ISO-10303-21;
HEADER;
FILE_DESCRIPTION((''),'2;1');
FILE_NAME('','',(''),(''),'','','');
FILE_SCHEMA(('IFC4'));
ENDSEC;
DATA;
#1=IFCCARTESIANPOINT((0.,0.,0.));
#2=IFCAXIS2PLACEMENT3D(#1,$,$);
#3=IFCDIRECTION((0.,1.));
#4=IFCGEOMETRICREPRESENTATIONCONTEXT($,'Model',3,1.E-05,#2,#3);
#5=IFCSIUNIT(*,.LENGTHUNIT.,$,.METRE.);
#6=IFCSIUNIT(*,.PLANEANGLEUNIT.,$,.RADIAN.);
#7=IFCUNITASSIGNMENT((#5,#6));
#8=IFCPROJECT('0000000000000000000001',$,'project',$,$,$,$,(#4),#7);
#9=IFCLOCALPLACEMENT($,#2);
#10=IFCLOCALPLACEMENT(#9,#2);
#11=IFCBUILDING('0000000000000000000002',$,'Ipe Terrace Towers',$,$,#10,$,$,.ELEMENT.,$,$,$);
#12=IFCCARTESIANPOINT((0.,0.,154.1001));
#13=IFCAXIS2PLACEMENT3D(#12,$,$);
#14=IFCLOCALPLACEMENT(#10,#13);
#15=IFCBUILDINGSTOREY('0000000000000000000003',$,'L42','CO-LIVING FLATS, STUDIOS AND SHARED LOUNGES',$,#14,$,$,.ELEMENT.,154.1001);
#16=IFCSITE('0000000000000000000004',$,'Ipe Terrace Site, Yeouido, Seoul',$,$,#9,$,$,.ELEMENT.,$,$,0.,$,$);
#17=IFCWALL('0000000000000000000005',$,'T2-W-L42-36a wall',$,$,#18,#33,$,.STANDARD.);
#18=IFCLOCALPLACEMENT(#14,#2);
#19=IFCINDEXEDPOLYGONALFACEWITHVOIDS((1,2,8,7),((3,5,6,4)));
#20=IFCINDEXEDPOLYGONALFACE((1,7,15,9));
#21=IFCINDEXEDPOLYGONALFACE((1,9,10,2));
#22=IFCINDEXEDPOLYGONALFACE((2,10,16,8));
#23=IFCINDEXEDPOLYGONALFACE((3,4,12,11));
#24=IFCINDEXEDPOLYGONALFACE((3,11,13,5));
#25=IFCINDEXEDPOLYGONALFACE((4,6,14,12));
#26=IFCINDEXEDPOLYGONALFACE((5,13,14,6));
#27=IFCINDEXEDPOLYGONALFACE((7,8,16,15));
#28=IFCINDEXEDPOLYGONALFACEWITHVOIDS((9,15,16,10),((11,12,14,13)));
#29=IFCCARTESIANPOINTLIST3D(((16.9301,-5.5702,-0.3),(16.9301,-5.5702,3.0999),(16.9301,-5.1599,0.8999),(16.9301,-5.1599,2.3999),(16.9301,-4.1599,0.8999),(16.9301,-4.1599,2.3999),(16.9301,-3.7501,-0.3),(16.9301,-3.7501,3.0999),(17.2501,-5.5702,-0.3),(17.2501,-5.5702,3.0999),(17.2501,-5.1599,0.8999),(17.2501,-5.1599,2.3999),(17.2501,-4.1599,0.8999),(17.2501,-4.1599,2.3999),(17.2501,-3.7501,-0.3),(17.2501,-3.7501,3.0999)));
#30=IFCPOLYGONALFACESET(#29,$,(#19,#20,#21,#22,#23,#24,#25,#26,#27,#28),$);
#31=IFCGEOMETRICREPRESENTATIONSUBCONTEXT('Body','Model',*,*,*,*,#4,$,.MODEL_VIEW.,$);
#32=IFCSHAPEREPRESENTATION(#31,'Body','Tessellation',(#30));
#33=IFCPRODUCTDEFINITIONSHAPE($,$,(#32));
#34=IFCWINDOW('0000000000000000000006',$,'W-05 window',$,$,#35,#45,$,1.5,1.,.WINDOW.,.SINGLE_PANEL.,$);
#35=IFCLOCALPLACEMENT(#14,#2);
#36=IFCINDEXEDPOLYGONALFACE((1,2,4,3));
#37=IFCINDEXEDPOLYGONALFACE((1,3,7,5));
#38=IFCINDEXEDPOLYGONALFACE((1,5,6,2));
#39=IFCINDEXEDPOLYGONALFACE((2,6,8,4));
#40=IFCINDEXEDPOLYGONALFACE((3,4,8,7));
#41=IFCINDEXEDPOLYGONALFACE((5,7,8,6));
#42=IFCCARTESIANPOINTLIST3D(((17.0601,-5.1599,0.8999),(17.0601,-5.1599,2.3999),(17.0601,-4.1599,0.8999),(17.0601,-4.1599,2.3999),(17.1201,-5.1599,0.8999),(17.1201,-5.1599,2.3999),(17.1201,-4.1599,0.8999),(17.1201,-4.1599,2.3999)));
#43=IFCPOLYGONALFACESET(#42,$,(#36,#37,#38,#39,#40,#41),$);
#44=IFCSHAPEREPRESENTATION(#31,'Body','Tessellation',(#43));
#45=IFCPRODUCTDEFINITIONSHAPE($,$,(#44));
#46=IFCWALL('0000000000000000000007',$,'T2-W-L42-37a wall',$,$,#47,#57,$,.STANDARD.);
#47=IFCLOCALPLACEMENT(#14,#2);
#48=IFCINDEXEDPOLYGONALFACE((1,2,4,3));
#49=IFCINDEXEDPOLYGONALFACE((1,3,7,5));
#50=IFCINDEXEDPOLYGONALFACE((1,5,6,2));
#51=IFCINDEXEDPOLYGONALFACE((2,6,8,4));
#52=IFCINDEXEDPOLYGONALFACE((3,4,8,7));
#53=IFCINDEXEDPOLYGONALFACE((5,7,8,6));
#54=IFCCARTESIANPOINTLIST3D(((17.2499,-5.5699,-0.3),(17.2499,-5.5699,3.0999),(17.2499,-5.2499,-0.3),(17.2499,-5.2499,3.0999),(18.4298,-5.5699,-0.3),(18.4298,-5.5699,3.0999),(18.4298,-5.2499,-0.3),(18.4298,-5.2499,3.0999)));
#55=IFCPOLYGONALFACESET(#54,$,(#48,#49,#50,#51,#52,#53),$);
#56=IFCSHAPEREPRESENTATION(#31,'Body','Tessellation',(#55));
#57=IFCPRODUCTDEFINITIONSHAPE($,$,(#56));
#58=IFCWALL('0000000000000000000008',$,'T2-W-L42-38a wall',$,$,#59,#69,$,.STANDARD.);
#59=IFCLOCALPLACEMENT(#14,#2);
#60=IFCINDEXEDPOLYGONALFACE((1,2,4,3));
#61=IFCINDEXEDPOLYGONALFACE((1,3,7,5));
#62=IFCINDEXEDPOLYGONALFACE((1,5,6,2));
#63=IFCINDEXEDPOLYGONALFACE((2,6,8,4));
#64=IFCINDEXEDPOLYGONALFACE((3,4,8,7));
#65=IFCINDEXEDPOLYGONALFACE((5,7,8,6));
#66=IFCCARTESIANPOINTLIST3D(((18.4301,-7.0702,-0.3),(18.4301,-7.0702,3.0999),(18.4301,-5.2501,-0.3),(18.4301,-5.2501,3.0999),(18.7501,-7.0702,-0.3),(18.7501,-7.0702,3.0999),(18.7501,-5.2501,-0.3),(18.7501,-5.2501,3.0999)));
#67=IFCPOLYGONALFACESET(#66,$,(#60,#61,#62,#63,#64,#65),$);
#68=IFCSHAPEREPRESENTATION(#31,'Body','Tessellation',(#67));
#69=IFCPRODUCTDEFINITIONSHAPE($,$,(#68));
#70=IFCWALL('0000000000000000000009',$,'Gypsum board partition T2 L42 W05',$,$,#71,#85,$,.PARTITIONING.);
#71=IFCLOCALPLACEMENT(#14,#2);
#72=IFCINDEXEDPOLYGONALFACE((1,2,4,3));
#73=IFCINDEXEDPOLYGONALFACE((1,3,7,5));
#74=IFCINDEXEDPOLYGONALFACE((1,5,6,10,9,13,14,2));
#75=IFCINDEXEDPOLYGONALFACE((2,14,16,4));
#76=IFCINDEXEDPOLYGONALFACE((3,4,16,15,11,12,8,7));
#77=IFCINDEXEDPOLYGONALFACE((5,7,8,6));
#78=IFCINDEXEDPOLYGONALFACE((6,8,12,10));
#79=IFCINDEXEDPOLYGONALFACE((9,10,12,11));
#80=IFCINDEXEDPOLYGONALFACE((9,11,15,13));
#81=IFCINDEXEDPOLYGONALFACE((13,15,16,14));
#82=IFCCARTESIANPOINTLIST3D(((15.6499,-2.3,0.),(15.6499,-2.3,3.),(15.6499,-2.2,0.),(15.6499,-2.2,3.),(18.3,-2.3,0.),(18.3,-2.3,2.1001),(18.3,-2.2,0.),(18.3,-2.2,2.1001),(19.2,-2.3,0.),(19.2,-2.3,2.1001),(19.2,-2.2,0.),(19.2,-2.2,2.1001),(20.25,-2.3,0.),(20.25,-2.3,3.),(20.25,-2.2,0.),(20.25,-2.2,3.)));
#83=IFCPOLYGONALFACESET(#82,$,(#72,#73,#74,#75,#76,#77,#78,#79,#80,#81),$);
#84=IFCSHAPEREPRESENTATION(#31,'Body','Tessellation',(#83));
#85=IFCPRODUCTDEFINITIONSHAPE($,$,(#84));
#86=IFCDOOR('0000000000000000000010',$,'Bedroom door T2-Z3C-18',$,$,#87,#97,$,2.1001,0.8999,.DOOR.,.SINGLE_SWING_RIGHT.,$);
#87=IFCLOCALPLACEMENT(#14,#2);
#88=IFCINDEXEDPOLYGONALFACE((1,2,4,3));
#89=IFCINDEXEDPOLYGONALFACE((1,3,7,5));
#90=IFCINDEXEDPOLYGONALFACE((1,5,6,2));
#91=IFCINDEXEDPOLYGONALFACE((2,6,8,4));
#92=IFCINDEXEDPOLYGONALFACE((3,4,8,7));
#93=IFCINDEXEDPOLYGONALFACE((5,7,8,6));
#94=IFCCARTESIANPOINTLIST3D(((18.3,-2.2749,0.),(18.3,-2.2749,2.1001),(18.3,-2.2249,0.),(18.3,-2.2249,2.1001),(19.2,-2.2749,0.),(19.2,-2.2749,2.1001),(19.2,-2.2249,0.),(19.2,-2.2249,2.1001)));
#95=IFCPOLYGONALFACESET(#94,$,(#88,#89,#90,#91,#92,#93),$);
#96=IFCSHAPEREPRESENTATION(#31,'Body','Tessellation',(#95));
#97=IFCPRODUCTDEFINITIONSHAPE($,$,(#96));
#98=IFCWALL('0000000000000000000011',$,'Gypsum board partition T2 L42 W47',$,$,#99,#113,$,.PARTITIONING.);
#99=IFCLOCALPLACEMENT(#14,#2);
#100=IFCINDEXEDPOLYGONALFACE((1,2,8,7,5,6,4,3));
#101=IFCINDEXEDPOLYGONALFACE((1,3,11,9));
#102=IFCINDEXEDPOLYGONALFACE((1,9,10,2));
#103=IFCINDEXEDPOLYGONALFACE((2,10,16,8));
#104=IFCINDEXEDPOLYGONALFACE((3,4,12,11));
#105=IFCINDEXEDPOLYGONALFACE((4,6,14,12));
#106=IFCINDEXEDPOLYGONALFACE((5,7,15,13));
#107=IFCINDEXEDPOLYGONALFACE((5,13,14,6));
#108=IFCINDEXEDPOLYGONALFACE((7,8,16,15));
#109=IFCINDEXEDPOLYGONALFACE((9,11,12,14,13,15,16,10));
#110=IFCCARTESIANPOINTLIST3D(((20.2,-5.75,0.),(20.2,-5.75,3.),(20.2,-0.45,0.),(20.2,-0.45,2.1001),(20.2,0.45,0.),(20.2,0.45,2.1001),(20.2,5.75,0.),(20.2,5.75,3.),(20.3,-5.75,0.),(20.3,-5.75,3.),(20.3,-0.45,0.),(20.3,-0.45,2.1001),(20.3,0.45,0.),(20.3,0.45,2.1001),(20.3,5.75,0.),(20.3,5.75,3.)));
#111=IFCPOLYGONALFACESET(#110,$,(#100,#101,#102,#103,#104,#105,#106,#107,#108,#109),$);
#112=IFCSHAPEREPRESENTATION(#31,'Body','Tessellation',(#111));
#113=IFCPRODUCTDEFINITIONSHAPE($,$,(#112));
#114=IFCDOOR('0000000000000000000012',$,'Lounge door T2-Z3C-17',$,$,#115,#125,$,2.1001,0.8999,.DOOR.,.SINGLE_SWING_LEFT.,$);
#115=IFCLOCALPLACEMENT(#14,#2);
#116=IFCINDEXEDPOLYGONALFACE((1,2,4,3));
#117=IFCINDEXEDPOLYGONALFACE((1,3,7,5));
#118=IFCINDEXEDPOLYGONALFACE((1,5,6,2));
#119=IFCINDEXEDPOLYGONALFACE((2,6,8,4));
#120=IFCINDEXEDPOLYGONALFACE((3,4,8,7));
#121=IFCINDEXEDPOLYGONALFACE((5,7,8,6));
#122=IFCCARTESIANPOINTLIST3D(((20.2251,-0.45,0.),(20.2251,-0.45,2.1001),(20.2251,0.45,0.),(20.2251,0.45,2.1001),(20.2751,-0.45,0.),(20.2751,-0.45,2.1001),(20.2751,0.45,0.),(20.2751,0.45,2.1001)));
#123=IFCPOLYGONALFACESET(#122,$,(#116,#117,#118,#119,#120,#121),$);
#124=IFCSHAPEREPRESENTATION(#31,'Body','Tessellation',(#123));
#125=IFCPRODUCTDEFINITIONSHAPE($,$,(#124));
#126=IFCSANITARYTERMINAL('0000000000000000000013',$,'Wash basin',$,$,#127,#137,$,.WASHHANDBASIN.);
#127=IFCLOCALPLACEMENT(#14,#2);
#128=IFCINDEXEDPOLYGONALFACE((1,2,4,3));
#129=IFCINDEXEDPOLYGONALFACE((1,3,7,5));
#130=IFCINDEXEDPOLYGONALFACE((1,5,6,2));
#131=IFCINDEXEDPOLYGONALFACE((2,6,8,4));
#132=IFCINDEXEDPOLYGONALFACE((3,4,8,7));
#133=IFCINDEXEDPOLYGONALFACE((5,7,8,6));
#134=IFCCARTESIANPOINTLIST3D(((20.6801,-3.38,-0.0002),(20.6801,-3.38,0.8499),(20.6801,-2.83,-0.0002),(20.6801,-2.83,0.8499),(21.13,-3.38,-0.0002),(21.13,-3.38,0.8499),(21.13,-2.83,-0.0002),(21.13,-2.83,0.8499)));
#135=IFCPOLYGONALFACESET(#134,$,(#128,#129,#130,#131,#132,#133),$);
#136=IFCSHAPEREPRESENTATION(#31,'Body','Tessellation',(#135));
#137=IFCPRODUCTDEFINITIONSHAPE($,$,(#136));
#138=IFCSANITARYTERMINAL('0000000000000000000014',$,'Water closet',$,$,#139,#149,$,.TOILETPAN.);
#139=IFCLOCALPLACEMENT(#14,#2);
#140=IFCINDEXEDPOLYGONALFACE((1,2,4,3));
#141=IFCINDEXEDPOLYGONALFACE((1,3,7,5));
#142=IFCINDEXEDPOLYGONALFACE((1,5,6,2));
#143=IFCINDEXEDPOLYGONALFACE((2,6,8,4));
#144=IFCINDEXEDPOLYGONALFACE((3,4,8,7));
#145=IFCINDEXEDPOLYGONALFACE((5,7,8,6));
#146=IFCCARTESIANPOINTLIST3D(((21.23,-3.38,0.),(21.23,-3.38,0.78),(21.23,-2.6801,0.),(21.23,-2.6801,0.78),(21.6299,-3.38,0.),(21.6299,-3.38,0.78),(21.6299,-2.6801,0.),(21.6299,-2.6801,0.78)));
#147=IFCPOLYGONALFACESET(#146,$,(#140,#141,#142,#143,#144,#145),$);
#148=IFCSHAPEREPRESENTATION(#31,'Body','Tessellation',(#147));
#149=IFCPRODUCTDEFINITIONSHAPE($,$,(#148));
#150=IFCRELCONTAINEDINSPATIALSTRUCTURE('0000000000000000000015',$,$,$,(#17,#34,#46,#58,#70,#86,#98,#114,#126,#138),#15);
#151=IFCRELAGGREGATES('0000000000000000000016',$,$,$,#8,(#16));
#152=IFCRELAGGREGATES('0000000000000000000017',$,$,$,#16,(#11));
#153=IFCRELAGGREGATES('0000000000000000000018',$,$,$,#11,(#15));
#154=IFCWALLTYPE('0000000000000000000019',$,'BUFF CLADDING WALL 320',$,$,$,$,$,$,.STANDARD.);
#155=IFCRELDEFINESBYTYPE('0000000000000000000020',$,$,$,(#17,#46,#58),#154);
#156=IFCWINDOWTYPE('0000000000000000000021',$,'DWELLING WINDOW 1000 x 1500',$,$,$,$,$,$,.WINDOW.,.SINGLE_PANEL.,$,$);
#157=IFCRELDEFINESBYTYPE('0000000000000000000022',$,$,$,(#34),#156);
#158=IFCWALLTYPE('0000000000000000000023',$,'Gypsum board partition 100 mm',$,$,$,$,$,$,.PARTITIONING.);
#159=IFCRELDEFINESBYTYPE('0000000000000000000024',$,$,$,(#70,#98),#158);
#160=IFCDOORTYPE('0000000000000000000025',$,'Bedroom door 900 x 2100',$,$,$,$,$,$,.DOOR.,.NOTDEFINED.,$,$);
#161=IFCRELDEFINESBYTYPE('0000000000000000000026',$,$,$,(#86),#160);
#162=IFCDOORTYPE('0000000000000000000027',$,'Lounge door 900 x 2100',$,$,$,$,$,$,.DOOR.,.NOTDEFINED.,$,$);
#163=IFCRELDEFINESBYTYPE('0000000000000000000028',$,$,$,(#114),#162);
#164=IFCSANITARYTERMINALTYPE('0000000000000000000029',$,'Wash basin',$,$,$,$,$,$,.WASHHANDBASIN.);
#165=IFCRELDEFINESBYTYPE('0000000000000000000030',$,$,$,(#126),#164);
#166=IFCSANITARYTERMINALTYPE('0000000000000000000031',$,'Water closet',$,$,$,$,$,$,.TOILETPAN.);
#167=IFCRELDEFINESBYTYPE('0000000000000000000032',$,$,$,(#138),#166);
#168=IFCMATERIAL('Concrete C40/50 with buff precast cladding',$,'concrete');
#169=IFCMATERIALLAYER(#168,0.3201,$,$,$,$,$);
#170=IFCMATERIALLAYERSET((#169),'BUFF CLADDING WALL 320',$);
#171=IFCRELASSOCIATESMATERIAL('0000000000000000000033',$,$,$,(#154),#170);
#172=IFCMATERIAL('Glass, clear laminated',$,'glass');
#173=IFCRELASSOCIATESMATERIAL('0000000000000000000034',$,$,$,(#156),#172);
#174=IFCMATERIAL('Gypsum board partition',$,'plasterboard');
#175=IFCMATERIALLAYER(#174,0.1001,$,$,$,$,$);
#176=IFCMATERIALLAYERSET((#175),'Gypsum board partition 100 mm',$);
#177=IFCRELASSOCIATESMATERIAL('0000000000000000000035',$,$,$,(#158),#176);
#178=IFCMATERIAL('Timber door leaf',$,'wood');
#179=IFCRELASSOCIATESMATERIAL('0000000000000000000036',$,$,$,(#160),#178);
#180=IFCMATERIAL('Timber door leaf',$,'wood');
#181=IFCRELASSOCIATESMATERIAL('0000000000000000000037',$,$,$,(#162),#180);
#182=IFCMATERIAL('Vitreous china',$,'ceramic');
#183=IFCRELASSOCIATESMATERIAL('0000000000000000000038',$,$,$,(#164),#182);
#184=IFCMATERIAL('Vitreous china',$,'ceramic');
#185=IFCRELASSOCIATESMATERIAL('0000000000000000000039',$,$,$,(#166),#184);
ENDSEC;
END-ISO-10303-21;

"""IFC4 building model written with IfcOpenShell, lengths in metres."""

from ifc_helpers import new_model, si_unit, direction, frame, frame_2d, origin, origin_2d, place, context, subcontext, project, spatial, rectangle, extrude, material, layer, layer_set, type_object, element, fill, save


model = new_model("IFC4")

# Units and contexts
model_context = context("Model", 3, precision=1e-05, world=origin(), true_north=direction((0.0, 1.0)))
body_context = subcontext(model_context, "Body", "Model", "MODEL_VIEW")
ifc_project = project(units=[si_unit("LENGTHUNIT", "METRE"), si_unit("PLANEANGLEUNIT", "RADIAN")], contexts=[model_context])

# Site, building, storey
site_placement = place(None, origin())
site = spatial("IfcSite", under=ifc_project, at=site_placement, Name="Ipe Terrace Site, Yeouido, Seoul", CompositionType="ELEMENT", RefElevation=0.0)
building_placement = place(site_placement, origin())
building = spatial("IfcBuilding", under=site, at=building_placement, Name="Ipe Terrace Towers", CompositionType="ELEMENT")
storey_placement = place(building_placement, frame((0.0, 0.0, 154.1001)))
storey = spatial("IfcBuildingStorey", under=building, at=storey_placement, Name="L42", Description="CO-LIVING FLATS, STUDIOS AND SHARED LOUNGES", CompositionType="ELEMENT", Elevation=154.1001)

# Shared definitions
ifc_material_1 = material(Name="Concrete C40/50 with buff precast cladding", Category="concrete")
ifc_layer_1 = layer(ifc_material_1, 0.3201)
ifc_layer_set_1 = layer_set([ifc_layer_1], Name="BUFF CLADDING WALL 320")
wall_type_1 = type_object("IfcWallType", Name="BUFF CLADDING WALL 320", PredefinedType="STANDARD", material=ifc_layer_set_1)

# Wall, opening, window
wall_1_placement = place(storey_placement, frame((17.0901, -3.75, -0.3), z_axis=(0.0, 0.0, 1.0), x_axis=(0.0, -1.0, 0.0)))
wall_1 = element("IfcWall", 1, at=wall_1_placement, inside=storey, type_object=wall_type_1, Name="T2-W-L42-36a wall", PredefinedType="STANDARD", context=body_context, shape_type="SweptSolid", body=[
    extrude(rectangle(XDim=1.8201, YDim=0.3201, at=frame_2d((0.9102, 0.0))), origin(), (0.0, 0.0, 1.0), 3.3999),
])
opening_1_placement = place(wall_1_placement, frame((0.4099, 0.0, 1.2)))
opening_1 = element("IfcOpeningElement", 2, at=opening_1_placement, cuts=wall_1, PredefinedType="OPENING", context=body_context, shape_type="SweptSolid", body=[
    extrude(rectangle(XDim=1.0, YDim=1.5, at=frame_2d((0.5, 0.75))), frame((0.0, 0.1699, 0.0), z_axis=(0.0, -1.0, 0.0), x_axis=(1.0, 0.0, 0.0)), (0.0, 0.0, 1.0), 0.3401),
])
ifc_material_2 = material(Name="Glass, clear laminated", Category="glass")
window_type = type_object("IfcWindowType", Name="DWELLING WINDOW 1000 x 1500", PartitioningType="SINGLE_PANEL", PredefinedType="WINDOW", material=ifc_material_2)
window_placement = place(opening_1_placement, origin())
window = element("IfcWindow", 3, at=window_placement, inside=storey, type_object=window_type, Name="W-05 window", OverallHeight=1.5, OverallWidth=1.0, PartitioningType="SINGLE_PANEL", PredefinedType="WINDOW", context=body_context, shape_type="SweptSolid", body=[
    extrude(rectangle(XDim=1.0, YDim=1.5, at=frame_2d((0.5, 0.75))), frame((0.0, 0.03, 0.0), z_axis=(0.0, -1.0, 0.0), x_axis=(1.0, 0.0, 0.0)), (0.0, 0.0, 1.0), 0.0601),
])
fill(opening_1, window)

# Walls
wall_2_placement = place(storey_placement, frame((17.25, -5.4099, -0.3), z_axis=(0.0, 0.0, 1.0), x_axis=(1.0, 0.0, 0.0)))
element("IfcWall", 4, at=wall_2_placement, inside=storey, type_object=wall_type_1, Name="T2-W-L42-37a wall", PredefinedType="STANDARD", context=body_context, shape_type="SweptSolid", body=[
    extrude(rectangle(XDim=1.1799, YDim=0.3201, at=frame_2d((0.5898, 0.0))), origin(), (0.0, 0.0, 1.0), 3.3999),
])
wall_3_placement = place(storey_placement, frame((18.5901, -5.25, -0.3), z_axis=(0.0, 0.0, 1.0), x_axis=(0.0, -1.0, 0.0)))
element("IfcWall", 5, at=wall_3_placement, inside=storey, type_object=wall_type_1, Name="T2-W-L42-38a wall", PredefinedType="STANDARD", context=body_context, shape_type="SweptSolid", body=[
    extrude(rectangle(XDim=1.8201, YDim=0.3201, at=frame_2d((0.9102, 0.0))), origin(), (0.0, 0.0, 1.0), 3.3999),
])

# Walls, openings, doors
ifc_material_3 = material(Name="Gypsum board partition", Category="plasterboard")
ifc_layer_2 = layer(ifc_material_3, 0.1001)
ifc_layer_set_2 = layer_set([ifc_layer_2], Name="Gypsum board partition 100 mm")
wall_type_2 = type_object("IfcWallType", Name="Gypsum board partition 100 mm", PredefinedType="PARTITIONING", material=ifc_layer_set_2)
wall_4_placement = place(storey_placement, frame((20.25, -2.25, 0.0), z_axis=(0.0, 0.0, 1.0), x_axis=(-1.0, 0.0, 0.0)))
wall_4 = element("IfcWall", 6, at=wall_4_placement, inside=storey, type_object=wall_type_2, Name="Gypsum board partition T2 L42 W05", PredefinedType="PARTITIONING", context=body_context, shape_type="SweptSolid", body=[
    extrude(rectangle(XDim=4.6001, YDim=0.1001, at=frame_2d((2.3, 0.0))), origin(), (0.0, 0.0, 1.0), 3.0),
])
opening_2_placement = place(wall_4_placement, frame((1.05, 0.0, 0.0)))
opening_2 = element("IfcOpeningElement", 7, at=opening_2_placement, cuts=wall_4, PredefinedType="OPENING", context=body_context, shape_type="SweptSolid", body=[
    extrude(rectangle(XDim=0.8999, YDim=2.1001, at=frame_2d((0.45, 1.05))), frame((0.0, 0.0601, 0.0), z_axis=(0.0, -1.0, 0.0), x_axis=(1.0, 0.0, 0.0)), (0.0, 0.0, 1.0), 0.1201),
])
ifc_material_4 = material(Name="Timber door leaf", Category="wood")
door_type_1 = type_object("IfcDoorType", Name="Bedroom door 900 x 2100", OperationType="NOTDEFINED", PredefinedType="DOOR", material=ifc_material_4)
door_1_placement = place(opening_2_placement, origin())
door_1 = element("IfcDoor", 8, at=door_1_placement, inside=storey, type_object=door_type_1, Name="Bedroom door T2-Z3C-18", OperationType="SINGLE_SWING_RIGHT", OverallHeight=2.1001, OverallWidth=0.8999, PredefinedType="DOOR", context=body_context, shape_type="SweptSolid", body=[
    extrude(rectangle(XDim=0.8999, YDim=2.1001, at=frame_2d((0.45, 1.05))), frame((0.0, 0.0249, 0.0), z_axis=(0.0, -1.0, 0.0), x_axis=(1.0, 0.0, 0.0)), (0.0, 0.0, 1.0), 0.05),
])
fill(opening_2, door_1)
wall_5_placement = place(storey_placement, frame((20.25, -5.75, 0.0), z_axis=(0.0, 0.0, 1.0), x_axis=(0.0, 1.0, 0.0)))
wall_5 = element("IfcWall", 9, at=wall_5_placement, inside=storey, type_object=wall_type_2, Name="Gypsum board partition T2 L42 W47", PredefinedType="PARTITIONING", context=body_context, shape_type="SweptSolid", body=[
    extrude(rectangle(XDim=11.5, YDim=0.1001, at=frame_2d((5.75, 0.0))), origin(), (0.0, 0.0, 1.0), 3.0),
])
opening_3_placement = place(wall_5_placement, frame((5.3, 0.0, 0.0)))
opening_3 = element("IfcOpeningElement", 10, at=opening_3_placement, cuts=wall_5, PredefinedType="OPENING", context=body_context, shape_type="SweptSolid", body=[
    extrude(rectangle(XDim=0.8999, YDim=2.1001, at=frame_2d((0.45, 1.05))), frame((0.0, 0.0601, 0.0), z_axis=(0.0, -1.0, 0.0), x_axis=(1.0, 0.0, 0.0)), (0.0, 0.0, 1.0), 0.1201),
])
ifc_material_5 = material(Name="Timber door leaf", Category="wood")
door_type_2 = type_object("IfcDoorType", Name="Lounge door 900 x 2100", OperationType="NOTDEFINED", PredefinedType="DOOR", material=ifc_material_5)
door_2_placement = place(opening_3_placement, origin())
door_2 = element("IfcDoor", 11, at=door_2_placement, inside=storey, type_object=door_type_2, Name="Lounge door T2-Z3C-17", OperationType="SINGLE_SWING_LEFT", OverallHeight=2.1001, OverallWidth=0.8999, PredefinedType="DOOR", context=body_context, shape_type="SweptSolid", body=[
    extrude(rectangle(XDim=0.8999, YDim=2.1001, at=frame_2d((0.45, 1.05))), frame((0.0, 0.0249, 0.0), z_axis=(0.0, -1.0, 0.0), x_axis=(1.0, 0.0, 0.0)), (0.0, 0.0, 1.0), 0.05),
])
fill(opening_3, door_2)

# Sanitary terminals
ifc_material_6 = material(Name="Vitreous china", Category="ceramic")
sanitary_terminal_type_1 = type_object("IfcSanitaryTerminalType", Name="Wash basin", PredefinedType="WASHHANDBASIN", material=ifc_material_6)
sanitary_terminal_1_placement = place(storey_placement, frame((20.905, -3.105, -0.0002), z_axis=(0.0, 0.0, 1.0), x_axis=(0.0, 1.0, 0.0)))
element("IfcSanitaryTerminal", 12, at=sanitary_terminal_1_placement, inside=storey, type_object=sanitary_terminal_type_1, Name="Wash basin", PredefinedType="WASHHANDBASIN", context=body_context, shape_type="SweptSolid", body=[
    extrude(rectangle(XDim=0.55, YDim=0.45, at=origin_2d()), origin(), (0.0, 0.0, 1.0), 0.8501),
])
ifc_material_7 = material(Name="Vitreous china", Category="ceramic")
sanitary_terminal_type_2 = type_object("IfcSanitaryTerminalType", Name="Water closet", PredefinedType="TOILETPAN", material=ifc_material_7)
sanitary_terminal_2_placement = place(storey_placement, frame((21.4299, -3.03, 0.0), z_axis=(0.0, 0.0, 1.0), x_axis=(0.0, 1.0, 0.0)))
element("IfcSanitaryTerminal", 13, at=sanitary_terminal_2_placement, inside=storey, type_object=sanitary_terminal_type_2, Name="Water closet", PredefinedType="TOILETPAN", context=body_context, shape_type="SweptSolid", body=[
    extrude(rectangle(XDim=0.7, YDim=0.3999, at=origin_2d()), origin(), (0.0, 0.0, 1.0), 0.78),
])

save(model, "model.ifc")
